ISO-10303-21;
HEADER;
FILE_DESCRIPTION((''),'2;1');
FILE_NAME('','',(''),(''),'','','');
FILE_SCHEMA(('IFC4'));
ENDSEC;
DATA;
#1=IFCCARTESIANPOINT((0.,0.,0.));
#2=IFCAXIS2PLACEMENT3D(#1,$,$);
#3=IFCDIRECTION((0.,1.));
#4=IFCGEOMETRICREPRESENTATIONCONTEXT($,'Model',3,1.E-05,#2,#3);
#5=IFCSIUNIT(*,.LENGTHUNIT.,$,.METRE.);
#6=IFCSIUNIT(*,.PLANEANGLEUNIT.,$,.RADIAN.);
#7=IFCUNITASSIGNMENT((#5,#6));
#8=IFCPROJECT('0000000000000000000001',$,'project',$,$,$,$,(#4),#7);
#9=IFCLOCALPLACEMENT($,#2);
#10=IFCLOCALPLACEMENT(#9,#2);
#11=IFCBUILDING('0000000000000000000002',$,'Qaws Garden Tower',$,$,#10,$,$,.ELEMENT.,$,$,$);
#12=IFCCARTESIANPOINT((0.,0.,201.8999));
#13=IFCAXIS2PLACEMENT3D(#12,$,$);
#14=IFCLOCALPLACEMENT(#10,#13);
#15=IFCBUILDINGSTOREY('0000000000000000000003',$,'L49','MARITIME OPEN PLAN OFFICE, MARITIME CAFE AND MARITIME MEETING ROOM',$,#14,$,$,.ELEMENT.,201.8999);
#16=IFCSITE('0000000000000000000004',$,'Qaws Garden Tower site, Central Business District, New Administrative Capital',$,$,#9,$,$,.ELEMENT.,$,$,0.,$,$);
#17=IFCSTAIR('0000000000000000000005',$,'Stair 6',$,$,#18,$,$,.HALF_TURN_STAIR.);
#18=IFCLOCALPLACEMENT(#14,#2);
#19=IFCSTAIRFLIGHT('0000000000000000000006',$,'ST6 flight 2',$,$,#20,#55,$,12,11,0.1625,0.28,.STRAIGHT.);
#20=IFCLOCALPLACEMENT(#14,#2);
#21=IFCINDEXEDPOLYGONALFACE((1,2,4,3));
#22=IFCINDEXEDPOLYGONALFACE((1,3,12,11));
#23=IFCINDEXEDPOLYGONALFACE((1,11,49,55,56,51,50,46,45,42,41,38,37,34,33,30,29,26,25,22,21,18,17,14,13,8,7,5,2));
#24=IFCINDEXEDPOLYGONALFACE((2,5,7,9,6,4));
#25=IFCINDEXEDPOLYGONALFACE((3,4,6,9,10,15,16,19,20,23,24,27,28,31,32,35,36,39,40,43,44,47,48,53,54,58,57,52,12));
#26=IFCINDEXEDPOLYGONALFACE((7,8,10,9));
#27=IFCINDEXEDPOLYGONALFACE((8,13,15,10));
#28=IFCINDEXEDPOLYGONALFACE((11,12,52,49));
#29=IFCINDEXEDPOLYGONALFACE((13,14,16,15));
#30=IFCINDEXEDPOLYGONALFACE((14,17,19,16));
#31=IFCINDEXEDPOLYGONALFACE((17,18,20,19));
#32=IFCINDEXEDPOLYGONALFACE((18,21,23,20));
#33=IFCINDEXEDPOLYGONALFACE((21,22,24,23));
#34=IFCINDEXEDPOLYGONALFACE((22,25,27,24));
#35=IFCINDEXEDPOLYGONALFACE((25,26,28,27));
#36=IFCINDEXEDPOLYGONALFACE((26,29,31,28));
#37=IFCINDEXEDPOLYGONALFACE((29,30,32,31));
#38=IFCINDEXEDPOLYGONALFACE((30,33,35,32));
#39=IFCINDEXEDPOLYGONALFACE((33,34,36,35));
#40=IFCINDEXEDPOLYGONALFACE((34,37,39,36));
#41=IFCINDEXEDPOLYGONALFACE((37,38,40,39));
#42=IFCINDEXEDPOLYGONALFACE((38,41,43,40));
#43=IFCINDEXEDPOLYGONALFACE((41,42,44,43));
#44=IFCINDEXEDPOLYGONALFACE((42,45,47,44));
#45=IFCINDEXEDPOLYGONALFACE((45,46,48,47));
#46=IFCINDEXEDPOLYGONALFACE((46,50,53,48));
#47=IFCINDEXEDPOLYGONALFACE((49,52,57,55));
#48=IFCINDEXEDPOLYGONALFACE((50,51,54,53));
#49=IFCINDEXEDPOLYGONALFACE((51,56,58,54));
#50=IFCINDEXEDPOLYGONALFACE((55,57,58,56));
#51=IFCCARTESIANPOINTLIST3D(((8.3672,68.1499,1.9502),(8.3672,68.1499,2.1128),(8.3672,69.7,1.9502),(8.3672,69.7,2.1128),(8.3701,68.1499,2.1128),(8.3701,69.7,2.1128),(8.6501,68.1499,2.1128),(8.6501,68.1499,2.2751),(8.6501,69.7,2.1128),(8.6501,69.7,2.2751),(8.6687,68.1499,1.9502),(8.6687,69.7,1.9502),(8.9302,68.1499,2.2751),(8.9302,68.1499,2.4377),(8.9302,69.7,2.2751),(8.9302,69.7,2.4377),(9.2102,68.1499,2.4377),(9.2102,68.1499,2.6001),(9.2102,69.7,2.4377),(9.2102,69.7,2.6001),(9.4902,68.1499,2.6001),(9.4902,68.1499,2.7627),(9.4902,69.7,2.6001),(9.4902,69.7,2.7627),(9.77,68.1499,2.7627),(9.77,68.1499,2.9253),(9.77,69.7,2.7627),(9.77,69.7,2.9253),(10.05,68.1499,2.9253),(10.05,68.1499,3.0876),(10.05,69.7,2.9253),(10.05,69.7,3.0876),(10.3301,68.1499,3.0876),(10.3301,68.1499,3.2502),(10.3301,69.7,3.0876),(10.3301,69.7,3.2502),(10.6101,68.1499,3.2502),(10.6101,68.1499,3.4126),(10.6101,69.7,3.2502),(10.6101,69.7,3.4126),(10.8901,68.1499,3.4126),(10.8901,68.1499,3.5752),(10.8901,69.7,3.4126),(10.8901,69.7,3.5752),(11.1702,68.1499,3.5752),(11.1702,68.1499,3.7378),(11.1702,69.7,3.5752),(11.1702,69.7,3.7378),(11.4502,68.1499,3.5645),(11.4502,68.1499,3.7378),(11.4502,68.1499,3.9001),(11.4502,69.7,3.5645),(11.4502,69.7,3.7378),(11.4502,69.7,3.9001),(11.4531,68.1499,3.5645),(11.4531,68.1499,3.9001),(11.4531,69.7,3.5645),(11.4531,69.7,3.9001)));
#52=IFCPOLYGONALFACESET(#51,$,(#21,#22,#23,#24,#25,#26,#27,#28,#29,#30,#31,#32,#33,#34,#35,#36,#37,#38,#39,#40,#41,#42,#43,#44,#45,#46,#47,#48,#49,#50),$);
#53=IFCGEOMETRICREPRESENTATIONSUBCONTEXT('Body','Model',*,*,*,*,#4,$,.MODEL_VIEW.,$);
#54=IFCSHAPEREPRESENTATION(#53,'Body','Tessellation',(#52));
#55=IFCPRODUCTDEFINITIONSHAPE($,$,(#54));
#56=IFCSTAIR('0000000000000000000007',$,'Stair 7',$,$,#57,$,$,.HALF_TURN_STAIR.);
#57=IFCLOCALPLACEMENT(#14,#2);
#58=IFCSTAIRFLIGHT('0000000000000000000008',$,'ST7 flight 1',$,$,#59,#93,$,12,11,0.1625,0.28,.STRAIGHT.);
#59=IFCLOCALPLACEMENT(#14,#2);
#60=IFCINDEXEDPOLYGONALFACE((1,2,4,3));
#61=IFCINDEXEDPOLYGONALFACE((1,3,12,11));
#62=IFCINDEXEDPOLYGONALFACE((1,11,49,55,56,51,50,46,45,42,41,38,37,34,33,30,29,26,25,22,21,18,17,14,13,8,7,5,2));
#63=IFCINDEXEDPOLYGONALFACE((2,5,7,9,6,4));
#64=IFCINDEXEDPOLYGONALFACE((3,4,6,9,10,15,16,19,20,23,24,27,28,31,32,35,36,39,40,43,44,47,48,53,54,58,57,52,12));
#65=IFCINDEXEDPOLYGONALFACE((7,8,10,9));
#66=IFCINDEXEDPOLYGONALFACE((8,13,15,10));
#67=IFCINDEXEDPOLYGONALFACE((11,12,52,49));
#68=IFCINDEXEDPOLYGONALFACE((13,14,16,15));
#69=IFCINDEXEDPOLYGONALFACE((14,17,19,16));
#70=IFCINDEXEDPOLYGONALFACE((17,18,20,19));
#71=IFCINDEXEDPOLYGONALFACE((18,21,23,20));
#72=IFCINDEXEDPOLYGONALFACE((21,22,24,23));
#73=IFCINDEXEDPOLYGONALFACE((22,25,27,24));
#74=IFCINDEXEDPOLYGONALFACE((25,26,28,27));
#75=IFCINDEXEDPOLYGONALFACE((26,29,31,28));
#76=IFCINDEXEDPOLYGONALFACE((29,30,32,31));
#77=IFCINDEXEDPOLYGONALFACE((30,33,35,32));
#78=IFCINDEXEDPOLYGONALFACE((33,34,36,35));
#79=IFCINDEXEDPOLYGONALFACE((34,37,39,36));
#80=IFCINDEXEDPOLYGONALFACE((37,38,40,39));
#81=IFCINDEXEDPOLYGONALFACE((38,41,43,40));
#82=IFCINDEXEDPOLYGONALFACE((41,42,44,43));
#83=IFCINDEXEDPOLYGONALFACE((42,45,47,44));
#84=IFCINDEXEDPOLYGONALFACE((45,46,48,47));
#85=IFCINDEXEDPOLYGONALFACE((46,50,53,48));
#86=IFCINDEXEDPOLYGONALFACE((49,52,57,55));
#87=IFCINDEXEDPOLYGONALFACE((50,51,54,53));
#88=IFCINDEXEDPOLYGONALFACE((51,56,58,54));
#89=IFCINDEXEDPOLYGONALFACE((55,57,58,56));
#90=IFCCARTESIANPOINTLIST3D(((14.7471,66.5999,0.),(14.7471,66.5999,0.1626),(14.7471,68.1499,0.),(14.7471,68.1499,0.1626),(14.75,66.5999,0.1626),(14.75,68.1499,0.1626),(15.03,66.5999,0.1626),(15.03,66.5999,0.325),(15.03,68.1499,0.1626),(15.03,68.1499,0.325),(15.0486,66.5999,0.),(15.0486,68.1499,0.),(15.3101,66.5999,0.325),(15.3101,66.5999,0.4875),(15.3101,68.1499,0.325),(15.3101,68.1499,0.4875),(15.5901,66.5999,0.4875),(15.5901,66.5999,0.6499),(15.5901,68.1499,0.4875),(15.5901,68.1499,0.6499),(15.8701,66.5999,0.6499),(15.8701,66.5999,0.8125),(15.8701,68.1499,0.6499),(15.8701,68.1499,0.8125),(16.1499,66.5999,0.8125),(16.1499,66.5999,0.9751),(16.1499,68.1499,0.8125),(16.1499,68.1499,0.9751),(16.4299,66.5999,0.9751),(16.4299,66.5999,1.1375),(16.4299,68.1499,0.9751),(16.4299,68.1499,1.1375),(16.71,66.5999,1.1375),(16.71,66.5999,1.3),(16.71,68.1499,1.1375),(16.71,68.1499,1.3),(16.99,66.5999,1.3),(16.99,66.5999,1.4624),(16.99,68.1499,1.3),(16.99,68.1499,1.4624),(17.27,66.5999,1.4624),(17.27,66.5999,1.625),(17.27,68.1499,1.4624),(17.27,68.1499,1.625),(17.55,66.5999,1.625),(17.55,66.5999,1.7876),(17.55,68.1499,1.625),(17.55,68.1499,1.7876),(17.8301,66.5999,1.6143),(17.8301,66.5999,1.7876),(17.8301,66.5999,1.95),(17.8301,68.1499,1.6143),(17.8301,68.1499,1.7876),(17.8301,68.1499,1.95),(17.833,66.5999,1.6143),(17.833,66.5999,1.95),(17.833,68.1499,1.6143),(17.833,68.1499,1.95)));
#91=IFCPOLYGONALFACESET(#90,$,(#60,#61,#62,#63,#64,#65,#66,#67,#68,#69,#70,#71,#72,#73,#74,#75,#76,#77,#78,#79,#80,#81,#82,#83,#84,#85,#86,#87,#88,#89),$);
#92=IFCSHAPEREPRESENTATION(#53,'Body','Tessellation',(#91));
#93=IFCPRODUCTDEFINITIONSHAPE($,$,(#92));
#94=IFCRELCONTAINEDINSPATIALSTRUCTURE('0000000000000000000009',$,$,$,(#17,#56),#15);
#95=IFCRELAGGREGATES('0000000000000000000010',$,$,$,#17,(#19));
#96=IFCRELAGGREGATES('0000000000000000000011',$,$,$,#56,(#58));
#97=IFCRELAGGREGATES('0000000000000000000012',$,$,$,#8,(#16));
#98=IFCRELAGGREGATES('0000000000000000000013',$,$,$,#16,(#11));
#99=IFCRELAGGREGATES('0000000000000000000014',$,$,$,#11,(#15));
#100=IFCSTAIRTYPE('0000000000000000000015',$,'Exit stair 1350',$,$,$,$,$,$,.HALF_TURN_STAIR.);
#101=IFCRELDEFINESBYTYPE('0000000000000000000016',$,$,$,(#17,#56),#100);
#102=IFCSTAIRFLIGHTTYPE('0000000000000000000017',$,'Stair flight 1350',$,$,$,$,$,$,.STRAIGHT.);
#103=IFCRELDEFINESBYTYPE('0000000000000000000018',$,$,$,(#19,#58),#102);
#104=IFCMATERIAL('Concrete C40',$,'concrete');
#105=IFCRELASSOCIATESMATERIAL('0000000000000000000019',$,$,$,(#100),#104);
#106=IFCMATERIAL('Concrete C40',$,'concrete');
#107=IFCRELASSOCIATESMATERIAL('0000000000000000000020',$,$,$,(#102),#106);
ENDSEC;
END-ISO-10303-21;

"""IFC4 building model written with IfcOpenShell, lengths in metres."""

from ifc_helpers import new_model, si_unit, direction, frame, origin, place, context, subcontext, project, spatial, polyline, outline, extrude, material, type_object, element, aggregate, save


model = new_model("IFC4")

# Units and contexts
model_context = context("Model", 3, precision=1e-05, world=origin(), true_north=direction((0.0, 1.0)))
body_context = subcontext(model_context, "Body", "Model", "MODEL_VIEW")
ifc_project = project(units=[si_unit("LENGTHUNIT", "METRE"), si_unit("PLANEANGLEUNIT", "RADIAN")], contexts=[model_context])

# Site, building, storey
site_placement = place(None, origin())
site = spatial("IfcSite", under=ifc_project, at=site_placement, Name="Qaws Garden Tower site, Central Business District, New Administrative Capital", CompositionType="ELEMENT", RefElevation=0.0)
building_placement = place(site_placement, origin())
building = spatial("IfcBuilding", under=site, at=building_placement, Name="Qaws Garden Tower", CompositionType="ELEMENT")
storey_placement = place(building_placement, frame((0.0, 0.0, 201.8999)))
storey = spatial("IfcBuildingStorey", under=building, at=storey_placement, Name="L49", Description="MARITIME OPEN PLAN OFFICE, MARITIME CAFE AND MARITIME MEETING ROOM", CompositionType="ELEMENT", Elevation=201.8999)

# Stair, stair flight
ifc_material_1 = material(Name="Concrete C40", Category="concrete")
stair_type = type_object("IfcStairType", Name="Exit stair 1350", PredefinedType="HALF_TURN_STAIR", material=ifc_material_1)
placement = place(storey_placement, origin())
stair_1 = element("IfcStair", 1, at=placement, inside=storey, type_object=stair_type, Name="Stair 6", PredefinedType="HALF_TURN_STAIR")
ifc_material_2 = material(Name="Concrete C40", Category="concrete")
stair_flight_type = type_object("IfcStairFlightType", Name="Stair flight 1350", PredefinedType="STRAIGHT", material=ifc_material_2)
stair_flight_1_placement = place(storey_placement, frame((8.3701, 68.925, 1.9502), z_axis=(0.0, 0.0, 1.0), x_axis=(1.0, 0.0, 0.0)))
stair_flight_1 = element("IfcStairFlight", 2, at=stair_flight_1_placement, type_object=stair_flight_type, Name="ST6 flight 2", NumberOfRisers=12, NumberOfTreads=11, PredefinedType="STRAIGHT", RiserHeight=0.1625, TreadLength=0.28, context=body_context, shape_type="SweptSolid", body=[
    extrude(outline(polyline([(-0.0029, 0.0), (-0.0029, 0.1626), (0.0, 0.1626), (0.28, 0.1626), (0.28, 0.325), (0.5601, 0.325), (0.5601, 0.4875), (0.8401, 0.4875), (0.8401, 0.6499), (1.1201, 0.6499), (1.1201, 0.8125), (1.3999, 0.8125), (1.3999, 0.9751), (1.6799, 0.9751), (1.6799, 1.1375), (1.96, 1.1375), (1.96, 1.3), (2.24, 1.3), (2.24, 1.4624), (2.52, 1.4624), (2.52, 1.625), (2.8, 1.625), (2.8, 1.7876), (3.0801, 1.7876), (3.0801, 1.95), (3.083, 1.95), (3.083, 1.6143), (3.0801, 1.6143), (0.2986, 0.0), (-0.0029, 0.0)])), frame((0.0, 0.7749, 0.0), z_axis=(0.0, -1.0, 0.0), x_axis=(1.0, 0.0, 0.0)), (0.0, 0.0, 1.0), 1.55),
])
aggregate(stair_1, [stair_flight_1])

# Stair, stair flight
stair_2 = element("IfcStair", 3, at=placement, inside=storey, type_object=stair_type, Name="Stair 7", PredefinedType="HALF_TURN_STAIR")
stair_flight_2_placement = place(storey_placement, frame((14.75, 67.375, 0.0), z_axis=(0.0, 0.0, 1.0), x_axis=(1.0, 0.0, 0.0)))
stair_flight_2 = element("IfcStairFlight", 4, at=stair_flight_2_placement, type_object=stair_flight_type, Name="ST7 flight 1", NumberOfRisers=12, NumberOfTreads=11, PredefinedType="STRAIGHT", RiserHeight=0.1625, TreadLength=0.28, context=body_context, shape_type="SweptSolid", body=[
    extrude(outline(polyline([(-0.0029, 0.0), (-0.0029, 0.1626), (0.0, 0.1626), (0.28, 0.1626), (0.28, 0.325), (0.5601, 0.325), (0.5601, 0.4875), (0.8401, 0.4875), (0.8401, 0.6499), (1.1201, 0.6499), (1.1201, 0.8125), (1.3999, 0.8125), (1.3999, 0.9751), (1.6799, 0.9751), (1.6799, 1.1375), (1.96, 1.1375), (1.96, 1.3), (2.24, 1.3), (2.24, 1.4624), (2.52, 1.4624), (2.52, 1.625), (2.8, 1.625), (2.8, 1.7876), (3.0801, 1.7876), (3.0801, 1.95), (3.083, 1.95), (3.083, 1.6143), (3.0801, 1.6143), (0.2986, 0.0), (-0.0029, 0.0)])), frame((0.0, 0.7749, 0.0), z_axis=(0.0, -1.0, 0.0), x_axis=(1.0, 0.0, 0.0)), (0.0, 0.0, 1.0), 1.55),
])
aggregate(stair_2, [stair_flight_2])

save(model, "model.ifc")
